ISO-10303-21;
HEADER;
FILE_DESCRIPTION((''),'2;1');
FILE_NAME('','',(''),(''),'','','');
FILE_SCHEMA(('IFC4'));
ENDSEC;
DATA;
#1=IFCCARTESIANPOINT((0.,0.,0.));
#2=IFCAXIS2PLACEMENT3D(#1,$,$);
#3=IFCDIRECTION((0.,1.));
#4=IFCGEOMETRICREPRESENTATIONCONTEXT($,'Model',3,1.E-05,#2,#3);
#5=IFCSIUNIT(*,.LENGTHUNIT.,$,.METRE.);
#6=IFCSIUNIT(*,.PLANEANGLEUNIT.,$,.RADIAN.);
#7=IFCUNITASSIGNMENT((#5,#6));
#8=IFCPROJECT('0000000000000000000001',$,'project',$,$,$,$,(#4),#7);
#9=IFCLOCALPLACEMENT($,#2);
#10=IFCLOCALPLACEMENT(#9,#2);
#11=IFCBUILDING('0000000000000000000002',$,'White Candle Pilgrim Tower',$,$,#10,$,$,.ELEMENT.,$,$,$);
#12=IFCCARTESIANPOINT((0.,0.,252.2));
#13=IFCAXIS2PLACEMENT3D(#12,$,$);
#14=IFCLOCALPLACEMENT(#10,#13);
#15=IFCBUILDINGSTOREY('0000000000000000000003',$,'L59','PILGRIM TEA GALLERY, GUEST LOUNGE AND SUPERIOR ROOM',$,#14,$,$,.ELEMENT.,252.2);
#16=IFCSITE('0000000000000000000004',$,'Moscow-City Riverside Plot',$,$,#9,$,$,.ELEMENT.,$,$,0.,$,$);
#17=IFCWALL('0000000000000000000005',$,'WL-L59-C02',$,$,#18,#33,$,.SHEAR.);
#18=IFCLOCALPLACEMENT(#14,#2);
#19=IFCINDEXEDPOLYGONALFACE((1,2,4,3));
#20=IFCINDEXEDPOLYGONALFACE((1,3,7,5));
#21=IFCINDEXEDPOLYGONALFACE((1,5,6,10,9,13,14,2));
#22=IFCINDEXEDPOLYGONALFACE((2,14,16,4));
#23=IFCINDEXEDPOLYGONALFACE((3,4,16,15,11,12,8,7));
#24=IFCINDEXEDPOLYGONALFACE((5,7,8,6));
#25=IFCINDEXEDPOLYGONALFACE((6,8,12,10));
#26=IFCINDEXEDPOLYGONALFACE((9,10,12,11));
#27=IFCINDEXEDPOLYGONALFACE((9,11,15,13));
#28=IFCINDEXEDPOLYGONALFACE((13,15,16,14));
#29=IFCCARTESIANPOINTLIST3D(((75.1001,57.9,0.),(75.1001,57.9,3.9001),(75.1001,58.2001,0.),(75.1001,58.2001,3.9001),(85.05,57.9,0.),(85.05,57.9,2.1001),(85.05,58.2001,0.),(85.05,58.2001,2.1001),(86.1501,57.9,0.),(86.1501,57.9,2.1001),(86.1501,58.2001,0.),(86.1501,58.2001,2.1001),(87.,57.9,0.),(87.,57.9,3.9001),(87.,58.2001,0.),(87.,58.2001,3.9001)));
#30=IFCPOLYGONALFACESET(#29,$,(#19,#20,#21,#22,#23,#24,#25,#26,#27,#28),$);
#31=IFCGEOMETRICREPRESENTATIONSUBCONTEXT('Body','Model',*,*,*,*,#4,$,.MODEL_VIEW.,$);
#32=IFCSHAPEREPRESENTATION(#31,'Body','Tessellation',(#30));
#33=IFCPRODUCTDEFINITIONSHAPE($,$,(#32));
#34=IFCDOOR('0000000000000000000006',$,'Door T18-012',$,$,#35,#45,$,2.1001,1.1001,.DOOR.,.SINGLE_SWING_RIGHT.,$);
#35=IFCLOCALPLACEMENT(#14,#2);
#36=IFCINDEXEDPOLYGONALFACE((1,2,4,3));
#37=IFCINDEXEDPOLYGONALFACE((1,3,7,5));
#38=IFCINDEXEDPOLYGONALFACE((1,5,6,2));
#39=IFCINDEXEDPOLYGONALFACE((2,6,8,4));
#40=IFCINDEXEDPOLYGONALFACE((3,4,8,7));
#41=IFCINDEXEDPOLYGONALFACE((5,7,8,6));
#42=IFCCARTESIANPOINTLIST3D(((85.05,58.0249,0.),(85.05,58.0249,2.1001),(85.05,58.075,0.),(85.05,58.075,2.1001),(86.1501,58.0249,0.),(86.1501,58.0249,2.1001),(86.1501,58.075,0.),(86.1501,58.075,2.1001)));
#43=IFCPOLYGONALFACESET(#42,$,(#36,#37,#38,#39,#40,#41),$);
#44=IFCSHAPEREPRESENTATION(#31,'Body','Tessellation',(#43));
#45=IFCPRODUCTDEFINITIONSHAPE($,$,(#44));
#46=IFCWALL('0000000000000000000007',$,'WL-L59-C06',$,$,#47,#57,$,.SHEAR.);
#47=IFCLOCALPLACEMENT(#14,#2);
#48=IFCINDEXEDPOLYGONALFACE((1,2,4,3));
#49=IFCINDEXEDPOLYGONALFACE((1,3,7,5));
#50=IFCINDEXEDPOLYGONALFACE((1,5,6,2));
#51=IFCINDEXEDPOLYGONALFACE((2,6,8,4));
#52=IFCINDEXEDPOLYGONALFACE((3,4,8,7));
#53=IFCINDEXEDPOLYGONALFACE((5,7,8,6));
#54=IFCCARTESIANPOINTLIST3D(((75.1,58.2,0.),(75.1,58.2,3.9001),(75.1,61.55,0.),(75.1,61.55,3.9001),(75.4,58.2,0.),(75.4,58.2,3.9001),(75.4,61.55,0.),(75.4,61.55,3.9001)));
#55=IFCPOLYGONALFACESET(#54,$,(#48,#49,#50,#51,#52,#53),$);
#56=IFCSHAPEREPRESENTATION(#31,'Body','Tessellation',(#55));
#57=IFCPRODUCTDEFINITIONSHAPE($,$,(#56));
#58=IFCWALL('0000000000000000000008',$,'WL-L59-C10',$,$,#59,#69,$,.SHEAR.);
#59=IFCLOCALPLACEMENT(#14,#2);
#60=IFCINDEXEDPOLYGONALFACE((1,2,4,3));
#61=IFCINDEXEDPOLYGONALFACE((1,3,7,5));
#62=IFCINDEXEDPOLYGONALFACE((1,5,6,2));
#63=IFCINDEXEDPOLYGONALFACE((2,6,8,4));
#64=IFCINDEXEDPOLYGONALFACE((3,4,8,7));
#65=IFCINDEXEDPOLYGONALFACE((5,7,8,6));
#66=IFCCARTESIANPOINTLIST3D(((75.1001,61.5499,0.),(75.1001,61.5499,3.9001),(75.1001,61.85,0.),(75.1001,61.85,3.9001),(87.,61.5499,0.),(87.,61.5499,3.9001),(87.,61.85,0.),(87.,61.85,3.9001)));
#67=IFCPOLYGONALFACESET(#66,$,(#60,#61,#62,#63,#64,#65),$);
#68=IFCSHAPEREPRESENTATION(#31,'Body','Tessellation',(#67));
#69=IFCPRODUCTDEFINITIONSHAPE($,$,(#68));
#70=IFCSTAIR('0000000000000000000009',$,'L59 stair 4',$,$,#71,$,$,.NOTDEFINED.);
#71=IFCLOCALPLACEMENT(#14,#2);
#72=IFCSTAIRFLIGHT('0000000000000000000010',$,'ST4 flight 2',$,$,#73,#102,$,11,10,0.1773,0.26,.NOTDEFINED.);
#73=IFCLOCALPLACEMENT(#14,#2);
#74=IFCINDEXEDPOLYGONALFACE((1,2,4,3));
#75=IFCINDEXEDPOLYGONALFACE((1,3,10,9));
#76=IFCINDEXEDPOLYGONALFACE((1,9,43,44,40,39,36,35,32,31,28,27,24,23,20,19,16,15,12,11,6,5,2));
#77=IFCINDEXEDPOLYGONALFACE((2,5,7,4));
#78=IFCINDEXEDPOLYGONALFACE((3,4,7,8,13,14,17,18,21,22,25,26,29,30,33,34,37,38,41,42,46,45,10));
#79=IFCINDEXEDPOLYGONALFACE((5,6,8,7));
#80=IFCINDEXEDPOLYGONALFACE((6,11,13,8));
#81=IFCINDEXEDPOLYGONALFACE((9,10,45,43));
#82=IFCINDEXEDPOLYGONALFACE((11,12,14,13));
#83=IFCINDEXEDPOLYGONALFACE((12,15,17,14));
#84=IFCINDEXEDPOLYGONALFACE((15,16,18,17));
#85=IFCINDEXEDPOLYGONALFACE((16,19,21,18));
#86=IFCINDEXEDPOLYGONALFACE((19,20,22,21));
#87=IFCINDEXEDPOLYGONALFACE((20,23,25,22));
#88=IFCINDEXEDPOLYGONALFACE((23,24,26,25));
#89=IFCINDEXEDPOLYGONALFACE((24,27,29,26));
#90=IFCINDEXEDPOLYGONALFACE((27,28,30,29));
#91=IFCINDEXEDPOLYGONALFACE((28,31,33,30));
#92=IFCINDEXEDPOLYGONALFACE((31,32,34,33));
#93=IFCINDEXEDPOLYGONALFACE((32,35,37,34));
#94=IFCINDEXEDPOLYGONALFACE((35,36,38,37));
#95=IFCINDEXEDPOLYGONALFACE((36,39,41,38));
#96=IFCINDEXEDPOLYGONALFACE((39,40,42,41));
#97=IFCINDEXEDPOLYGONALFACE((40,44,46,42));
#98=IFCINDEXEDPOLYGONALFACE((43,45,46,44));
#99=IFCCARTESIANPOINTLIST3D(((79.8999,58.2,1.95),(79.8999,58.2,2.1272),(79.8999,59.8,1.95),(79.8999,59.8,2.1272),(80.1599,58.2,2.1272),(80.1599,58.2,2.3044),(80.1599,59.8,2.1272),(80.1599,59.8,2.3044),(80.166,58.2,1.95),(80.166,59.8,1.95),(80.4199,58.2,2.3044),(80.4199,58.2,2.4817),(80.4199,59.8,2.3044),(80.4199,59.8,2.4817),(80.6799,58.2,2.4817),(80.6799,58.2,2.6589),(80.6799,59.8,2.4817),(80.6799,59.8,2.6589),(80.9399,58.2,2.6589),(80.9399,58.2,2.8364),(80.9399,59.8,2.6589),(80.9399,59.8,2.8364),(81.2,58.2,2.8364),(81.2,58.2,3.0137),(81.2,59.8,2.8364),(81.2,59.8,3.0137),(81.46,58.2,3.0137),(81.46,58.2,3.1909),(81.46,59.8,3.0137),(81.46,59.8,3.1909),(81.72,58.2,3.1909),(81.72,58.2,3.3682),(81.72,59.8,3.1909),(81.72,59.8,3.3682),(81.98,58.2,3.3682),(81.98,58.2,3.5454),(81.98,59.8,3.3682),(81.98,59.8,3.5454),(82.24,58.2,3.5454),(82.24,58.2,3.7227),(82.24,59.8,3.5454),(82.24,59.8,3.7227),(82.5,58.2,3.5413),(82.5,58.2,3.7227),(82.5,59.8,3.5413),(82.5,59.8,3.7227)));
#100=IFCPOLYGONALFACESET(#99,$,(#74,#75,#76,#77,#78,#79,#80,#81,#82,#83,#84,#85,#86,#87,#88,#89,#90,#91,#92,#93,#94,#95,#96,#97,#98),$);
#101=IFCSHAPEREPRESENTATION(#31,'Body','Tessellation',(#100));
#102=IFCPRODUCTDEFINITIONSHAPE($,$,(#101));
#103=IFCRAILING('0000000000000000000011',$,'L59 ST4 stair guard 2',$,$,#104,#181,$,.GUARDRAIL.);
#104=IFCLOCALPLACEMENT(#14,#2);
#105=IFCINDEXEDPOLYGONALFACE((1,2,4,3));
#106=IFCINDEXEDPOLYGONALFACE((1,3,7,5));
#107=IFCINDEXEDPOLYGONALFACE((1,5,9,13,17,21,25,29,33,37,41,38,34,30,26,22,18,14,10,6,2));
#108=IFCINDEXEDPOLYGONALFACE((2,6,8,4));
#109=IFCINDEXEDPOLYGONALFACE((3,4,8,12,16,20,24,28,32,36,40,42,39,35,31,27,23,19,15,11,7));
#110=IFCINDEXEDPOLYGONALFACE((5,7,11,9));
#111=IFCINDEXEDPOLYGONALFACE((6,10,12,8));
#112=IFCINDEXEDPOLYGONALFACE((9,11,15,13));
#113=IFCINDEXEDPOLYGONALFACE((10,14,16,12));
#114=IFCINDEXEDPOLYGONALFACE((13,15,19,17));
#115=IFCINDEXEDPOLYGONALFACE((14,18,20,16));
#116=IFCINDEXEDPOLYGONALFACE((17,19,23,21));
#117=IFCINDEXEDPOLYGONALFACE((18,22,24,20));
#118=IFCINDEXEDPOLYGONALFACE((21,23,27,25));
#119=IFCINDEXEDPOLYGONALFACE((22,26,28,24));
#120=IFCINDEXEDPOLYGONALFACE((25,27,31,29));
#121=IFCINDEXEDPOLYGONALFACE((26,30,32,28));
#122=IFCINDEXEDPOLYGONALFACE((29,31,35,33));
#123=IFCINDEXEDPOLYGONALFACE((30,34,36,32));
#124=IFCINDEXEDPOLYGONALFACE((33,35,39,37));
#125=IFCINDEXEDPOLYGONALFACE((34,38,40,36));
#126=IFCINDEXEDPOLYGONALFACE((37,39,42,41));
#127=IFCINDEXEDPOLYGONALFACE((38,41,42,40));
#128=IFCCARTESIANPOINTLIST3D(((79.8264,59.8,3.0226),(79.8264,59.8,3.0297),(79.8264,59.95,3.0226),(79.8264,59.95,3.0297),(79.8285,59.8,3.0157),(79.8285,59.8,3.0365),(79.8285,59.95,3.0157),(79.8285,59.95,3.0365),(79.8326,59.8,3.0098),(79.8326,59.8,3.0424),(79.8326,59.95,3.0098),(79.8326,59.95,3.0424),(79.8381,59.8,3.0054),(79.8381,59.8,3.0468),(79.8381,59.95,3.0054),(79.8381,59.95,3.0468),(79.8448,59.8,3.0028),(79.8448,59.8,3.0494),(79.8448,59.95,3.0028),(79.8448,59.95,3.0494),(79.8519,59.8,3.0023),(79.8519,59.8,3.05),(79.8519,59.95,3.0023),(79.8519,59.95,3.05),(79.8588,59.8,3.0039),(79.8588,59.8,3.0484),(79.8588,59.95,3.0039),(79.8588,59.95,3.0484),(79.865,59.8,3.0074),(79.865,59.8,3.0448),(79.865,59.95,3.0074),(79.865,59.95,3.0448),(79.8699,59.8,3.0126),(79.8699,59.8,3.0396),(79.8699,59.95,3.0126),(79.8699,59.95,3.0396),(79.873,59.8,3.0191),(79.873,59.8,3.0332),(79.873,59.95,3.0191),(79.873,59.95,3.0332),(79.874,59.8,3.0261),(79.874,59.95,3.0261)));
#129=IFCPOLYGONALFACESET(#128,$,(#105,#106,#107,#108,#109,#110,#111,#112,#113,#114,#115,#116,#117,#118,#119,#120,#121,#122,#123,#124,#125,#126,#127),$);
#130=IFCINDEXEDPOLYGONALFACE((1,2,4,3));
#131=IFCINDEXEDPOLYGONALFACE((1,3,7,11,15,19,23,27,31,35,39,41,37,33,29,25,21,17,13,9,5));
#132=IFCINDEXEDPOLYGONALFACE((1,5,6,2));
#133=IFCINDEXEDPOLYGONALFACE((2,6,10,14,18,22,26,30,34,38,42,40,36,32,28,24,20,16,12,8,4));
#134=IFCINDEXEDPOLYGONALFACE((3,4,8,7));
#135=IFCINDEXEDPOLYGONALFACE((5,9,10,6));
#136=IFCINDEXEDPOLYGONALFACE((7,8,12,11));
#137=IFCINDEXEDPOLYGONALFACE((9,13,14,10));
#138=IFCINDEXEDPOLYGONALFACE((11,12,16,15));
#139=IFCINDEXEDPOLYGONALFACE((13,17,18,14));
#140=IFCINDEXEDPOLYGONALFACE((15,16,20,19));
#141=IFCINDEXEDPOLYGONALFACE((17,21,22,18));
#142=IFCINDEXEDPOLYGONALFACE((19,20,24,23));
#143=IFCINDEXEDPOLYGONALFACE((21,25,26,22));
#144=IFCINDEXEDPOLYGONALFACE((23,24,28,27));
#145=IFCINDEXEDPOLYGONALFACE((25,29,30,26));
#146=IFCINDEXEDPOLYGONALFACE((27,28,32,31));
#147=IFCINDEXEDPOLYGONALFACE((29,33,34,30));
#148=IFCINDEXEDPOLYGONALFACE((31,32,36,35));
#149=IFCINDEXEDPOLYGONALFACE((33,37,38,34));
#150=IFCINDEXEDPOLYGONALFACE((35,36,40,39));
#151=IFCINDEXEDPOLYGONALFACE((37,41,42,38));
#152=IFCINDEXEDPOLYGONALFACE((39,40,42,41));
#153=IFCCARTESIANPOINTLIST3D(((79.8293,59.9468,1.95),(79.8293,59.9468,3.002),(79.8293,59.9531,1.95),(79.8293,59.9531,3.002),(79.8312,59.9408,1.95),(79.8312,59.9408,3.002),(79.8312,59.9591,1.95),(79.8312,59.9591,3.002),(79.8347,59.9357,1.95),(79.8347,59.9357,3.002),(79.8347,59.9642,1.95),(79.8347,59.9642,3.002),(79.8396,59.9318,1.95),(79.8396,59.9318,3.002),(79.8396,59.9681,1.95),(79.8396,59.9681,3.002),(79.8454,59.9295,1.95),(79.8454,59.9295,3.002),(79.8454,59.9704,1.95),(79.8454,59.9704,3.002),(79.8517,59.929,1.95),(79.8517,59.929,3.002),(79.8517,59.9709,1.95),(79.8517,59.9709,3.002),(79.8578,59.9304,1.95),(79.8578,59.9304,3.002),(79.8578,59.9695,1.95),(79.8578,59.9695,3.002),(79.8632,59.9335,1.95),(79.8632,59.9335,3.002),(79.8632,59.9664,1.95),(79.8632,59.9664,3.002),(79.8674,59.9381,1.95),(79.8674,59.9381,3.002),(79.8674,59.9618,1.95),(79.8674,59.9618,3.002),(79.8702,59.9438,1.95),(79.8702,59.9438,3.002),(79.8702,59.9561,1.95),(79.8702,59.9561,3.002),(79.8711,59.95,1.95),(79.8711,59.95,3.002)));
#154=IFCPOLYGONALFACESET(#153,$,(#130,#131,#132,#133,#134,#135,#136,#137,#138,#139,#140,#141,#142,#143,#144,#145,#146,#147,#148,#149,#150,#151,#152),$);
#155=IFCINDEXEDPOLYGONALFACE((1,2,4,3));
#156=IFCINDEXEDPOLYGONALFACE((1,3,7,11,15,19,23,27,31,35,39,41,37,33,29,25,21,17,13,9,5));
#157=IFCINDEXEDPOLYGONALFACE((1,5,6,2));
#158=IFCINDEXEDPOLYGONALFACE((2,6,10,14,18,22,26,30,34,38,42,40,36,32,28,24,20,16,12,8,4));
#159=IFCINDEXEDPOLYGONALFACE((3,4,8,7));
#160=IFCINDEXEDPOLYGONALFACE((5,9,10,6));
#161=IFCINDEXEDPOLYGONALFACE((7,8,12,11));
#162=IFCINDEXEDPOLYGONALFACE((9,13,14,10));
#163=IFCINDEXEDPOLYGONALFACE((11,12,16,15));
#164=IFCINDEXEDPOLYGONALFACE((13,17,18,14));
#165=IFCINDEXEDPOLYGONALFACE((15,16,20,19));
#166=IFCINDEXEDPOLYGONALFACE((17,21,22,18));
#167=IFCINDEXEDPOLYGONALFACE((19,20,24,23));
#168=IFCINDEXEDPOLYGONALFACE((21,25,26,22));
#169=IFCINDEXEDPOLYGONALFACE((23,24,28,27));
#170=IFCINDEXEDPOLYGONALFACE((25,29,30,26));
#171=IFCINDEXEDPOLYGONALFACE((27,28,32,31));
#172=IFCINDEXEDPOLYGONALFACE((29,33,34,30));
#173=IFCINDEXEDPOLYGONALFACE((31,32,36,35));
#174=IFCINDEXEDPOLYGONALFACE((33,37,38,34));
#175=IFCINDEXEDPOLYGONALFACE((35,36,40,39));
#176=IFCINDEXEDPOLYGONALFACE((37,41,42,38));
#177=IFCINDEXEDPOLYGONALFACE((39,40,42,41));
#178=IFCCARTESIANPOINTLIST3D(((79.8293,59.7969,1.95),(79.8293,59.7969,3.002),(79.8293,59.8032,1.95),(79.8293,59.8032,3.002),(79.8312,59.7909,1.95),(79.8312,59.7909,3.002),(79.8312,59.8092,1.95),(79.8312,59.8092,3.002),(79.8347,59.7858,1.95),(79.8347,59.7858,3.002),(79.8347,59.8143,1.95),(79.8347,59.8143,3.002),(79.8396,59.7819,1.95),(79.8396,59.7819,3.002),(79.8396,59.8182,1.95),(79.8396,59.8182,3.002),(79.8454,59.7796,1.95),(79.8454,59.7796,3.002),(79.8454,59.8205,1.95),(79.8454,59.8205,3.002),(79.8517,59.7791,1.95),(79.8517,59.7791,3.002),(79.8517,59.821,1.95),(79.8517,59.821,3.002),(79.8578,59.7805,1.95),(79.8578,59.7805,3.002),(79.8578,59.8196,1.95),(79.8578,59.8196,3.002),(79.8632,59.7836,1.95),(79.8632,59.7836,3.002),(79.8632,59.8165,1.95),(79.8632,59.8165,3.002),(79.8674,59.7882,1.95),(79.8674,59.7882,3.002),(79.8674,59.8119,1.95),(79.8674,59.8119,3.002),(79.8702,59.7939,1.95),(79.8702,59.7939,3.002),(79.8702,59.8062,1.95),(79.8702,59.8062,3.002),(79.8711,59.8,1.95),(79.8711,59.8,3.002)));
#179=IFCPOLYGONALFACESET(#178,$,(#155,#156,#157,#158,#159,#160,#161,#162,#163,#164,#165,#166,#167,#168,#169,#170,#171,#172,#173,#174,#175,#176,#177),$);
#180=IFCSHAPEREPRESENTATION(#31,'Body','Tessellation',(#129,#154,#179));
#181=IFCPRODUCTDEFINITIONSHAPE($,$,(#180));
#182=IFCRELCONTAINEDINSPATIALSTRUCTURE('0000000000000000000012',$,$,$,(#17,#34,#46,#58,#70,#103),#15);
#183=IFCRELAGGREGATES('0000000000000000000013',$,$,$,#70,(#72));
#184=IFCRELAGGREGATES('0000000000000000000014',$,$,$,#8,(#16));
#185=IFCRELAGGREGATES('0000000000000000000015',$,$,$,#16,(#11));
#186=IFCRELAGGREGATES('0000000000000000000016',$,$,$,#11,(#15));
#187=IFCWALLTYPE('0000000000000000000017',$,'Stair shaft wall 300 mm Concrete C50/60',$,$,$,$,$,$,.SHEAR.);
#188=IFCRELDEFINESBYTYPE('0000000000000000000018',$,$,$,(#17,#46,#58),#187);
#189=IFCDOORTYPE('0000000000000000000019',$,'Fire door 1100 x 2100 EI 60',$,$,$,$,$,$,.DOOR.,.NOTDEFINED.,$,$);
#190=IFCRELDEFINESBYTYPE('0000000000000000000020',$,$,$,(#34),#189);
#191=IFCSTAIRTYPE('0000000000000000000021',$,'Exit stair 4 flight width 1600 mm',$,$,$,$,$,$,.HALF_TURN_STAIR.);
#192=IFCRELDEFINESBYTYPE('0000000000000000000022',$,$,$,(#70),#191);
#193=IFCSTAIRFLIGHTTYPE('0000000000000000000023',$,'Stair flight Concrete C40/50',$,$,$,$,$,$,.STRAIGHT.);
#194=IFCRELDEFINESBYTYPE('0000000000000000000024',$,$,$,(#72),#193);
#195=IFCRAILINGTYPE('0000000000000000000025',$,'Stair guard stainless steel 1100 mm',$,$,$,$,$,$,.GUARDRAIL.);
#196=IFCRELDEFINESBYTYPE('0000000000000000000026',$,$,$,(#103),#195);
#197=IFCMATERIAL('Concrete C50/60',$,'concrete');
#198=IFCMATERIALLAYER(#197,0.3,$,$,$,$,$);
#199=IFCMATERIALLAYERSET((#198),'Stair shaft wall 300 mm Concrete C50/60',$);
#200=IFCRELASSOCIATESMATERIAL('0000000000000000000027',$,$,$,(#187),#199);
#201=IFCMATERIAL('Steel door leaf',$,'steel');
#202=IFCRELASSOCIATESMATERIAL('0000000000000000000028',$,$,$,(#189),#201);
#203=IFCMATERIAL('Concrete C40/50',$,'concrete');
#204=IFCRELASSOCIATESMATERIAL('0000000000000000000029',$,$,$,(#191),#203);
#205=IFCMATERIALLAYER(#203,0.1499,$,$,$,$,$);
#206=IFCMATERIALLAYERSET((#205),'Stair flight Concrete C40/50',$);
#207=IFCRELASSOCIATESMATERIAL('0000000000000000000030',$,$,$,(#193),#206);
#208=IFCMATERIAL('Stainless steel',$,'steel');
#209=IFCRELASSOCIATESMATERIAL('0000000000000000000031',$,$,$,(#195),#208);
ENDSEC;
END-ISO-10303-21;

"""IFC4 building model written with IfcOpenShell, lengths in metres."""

from ifc_helpers import new_model, si_unit, direction, frame, frame_2d, origin, origin_2d, place, context, subcontext, project, spatial, polyline, rectangle, circle, outline, extrude, material, layer, layer_set, type_object, element, fill, aggregate, save


model = new_model("IFC4")

# Units and contexts
model_context = context("Model", 3, precision=1e-05, world=origin(), true_north=direction((0.0, 1.0)))
body_context = subcontext(model_context, "Body", "Model", "MODEL_VIEW")
ifc_project = project(units=[si_unit("LENGTHUNIT", "METRE"), si_unit("PLANEANGLEUNIT", "RADIAN")], contexts=[model_context])

# Site, building, storey
site_placement = place(None, origin())
site = spatial("IfcSite", under=ifc_project, at=site_placement, Name="Moscow-City Riverside Plot", CompositionType="ELEMENT", RefElevation=0.0)
building_placement = place(site_placement, origin())
building = spatial("IfcBuilding", under=site, at=building_placement, Name="White Candle Pilgrim Tower", CompositionType="ELEMENT")
storey_placement = place(building_placement, frame((0.0, 0.0, 252.2)))
storey = spatial("IfcBuildingStorey", under=building, at=storey_placement, Name="L59", Description="PILGRIM TEA GALLERY, GUEST LOUNGE AND SUPERIOR ROOM", CompositionType="ELEMENT", Elevation=252.2)

# Shared definitions
ifc_material_1 = material(Name="Concrete C50/60", Category="concrete")

# Shared definitions
ifc_material_2 = material(Name="Steel door leaf", Category="steel")

# Wall, opening, door
ifc_layer_1 = layer(ifc_material_1, 0.3)
ifc_layer_set_1 = layer_set([ifc_layer_1], Name="Stair shaft wall 300 mm Concrete C50/60")
wall_type_1 = type_object("IfcWallType", Name="Stair shaft wall 300 mm Concrete C50/60", PredefinedType="SHEAR", material=ifc_layer_set_1)
wall_1_placement = place(storey_placement, frame((75.1001, 58.05, 0.0), z_axis=(0.0, 0.0, 1.0), x_axis=(1.0, 0.0, 0.0)))
wall_1 = element("IfcWall", 1, at=wall_1_placement, inside=storey, type_object=wall_type_1, Name="WL-L59-C02", PredefinedType="SHEAR", context=body_context, shape_type="SweptSolid", body=[
    extrude(rectangle(XDim=11.8999, YDim=0.3, at=frame_2d((5.95, 0.0))), origin(), (0.0, 0.0, 1.0), 3.9001),
])
opening_1_placement = place(wall_1_placement, frame((9.95, 0.0, 0.0)))
opening_1 = element("IfcOpeningElement", 2, at=opening_1_placement, cuts=wall_1, PredefinedType="OPENING", context=body_context, shape_type="SweptSolid", body=[
    extrude(rectangle(XDim=1.1001, YDim=2.1001, at=frame_2d((0.55, 1.05))), frame((0.0, 0.1599, 0.0), z_axis=(0.0, -1.0, 0.0), x_axis=(1.0, 0.0, 0.0)), (0.0, 0.0, 1.0), 0.3201),
])
door_type_1 = type_object("IfcDoorType", Name="Fire door 1100 x 2100 EI 60", OperationType="NOTDEFINED", PredefinedType="DOOR", material=ifc_material_2)
door_1_placement = place(opening_1_placement, origin())
door_1 = element("IfcDoor", 3, at=door_1_placement, inside=storey, type_object=door_type_1, Name="Door T18-012", OperationType="SINGLE_SWING_RIGHT", OverallHeight=2.1001, OverallWidth=1.1001, PredefinedType="DOOR", context=body_context, shape_type="SweptSolid", body=[
    extrude(rectangle(XDim=1.1001, YDim=2.1001, at=frame_2d((0.55, 1.05))), frame((0.0, 0.0249, 0.0), z_axis=(0.0, -1.0, 0.0), x_axis=(1.0, 0.0, 0.0)), (0.0, 0.0, 1.0), 0.05),
])
fill(opening_1, door_1)

# Walls
wall_2_placement = place(storey_placement, frame((75.25, 58.2, 0.0), z_axis=(0.0, 0.0, 1.0), x_axis=(0.0, 1.0, 0.0)))
element("IfcWall", 4, at=wall_2_placement, inside=storey, type_object=wall_type_1, Name="WL-L59-C06", PredefinedType="SHEAR", context=body_context, shape_type="SweptSolid", body=[
    extrude(rectangle(XDim=3.3501, YDim=0.3, at=frame_2d((1.675, 0.0))), origin(), (0.0, 0.0, 1.0), 3.9001),
])
wall_3_placement = place(storey_placement, frame((75.1001, 61.7, 0.0), z_axis=(0.0, 0.0, 1.0), x_axis=(1.0, 0.0, 0.0)))
element("IfcWall", 5, at=wall_3_placement, inside=storey, type_object=wall_type_1, Name="WL-L59-C10", PredefinedType="SHEAR", context=body_context, shape_type="SweptSolid", body=[
    extrude(rectangle(XDim=11.8999, YDim=0.3, at=frame_2d((5.95, 0.0))), origin(), (0.0, 0.0, 1.0), 3.9001),
])

# Stair, stair flight
ifc_material_3 = material(Name="Concrete C40/50", Category="concrete")
stair_type = type_object("IfcStairType", Name="Exit stair 4 flight width 1600 mm", PredefinedType="HALF_TURN_STAIR", material=ifc_material_3)
stair_placement = place(storey_placement, origin())
stair = element("IfcStair", 6, at=stair_placement, inside=storey, type_object=stair_type, Name="L59 stair 4", PredefinedType="NOTDEFINED")
ifc_layer_2 = layer(ifc_material_3, 0.1499)
ifc_layer_set_2 = layer_set([ifc_layer_2], Name="Stair flight Concrete C40/50")
stair_flight_type = type_object("IfcStairFlightType", Name="Stair flight Concrete C40/50", PredefinedType="STRAIGHT", material=ifc_layer_set_2)
stair_flight_placement = place(storey_placement, frame((79.8999, 59.0, 1.95), z_axis=(0.0, 0.0, 1.0), x_axis=(1.0, 0.0, 0.0)))
stair_flight = element("IfcStairFlight", 7, at=stair_flight_placement, type_object=stair_flight_type, Name="ST4 flight 2", NumberOfRisers=11, NumberOfTreads=10, PredefinedType="NOTDEFINED", RiserHeight=0.1773, TreadLength=0.26, context=body_context, shape_type="SweptSolid", body=[
    extrude(outline(polyline([(0.0, 0.0), (0.0, 0.1772), (0.26, 0.1772), (0.26, 0.3545), (0.52, 0.3545), (0.52, 0.5317), (0.78, 0.5317), (0.78, 0.709), (1.04, 0.709), (1.04, 0.8865), (1.3, 0.8865), (1.3, 1.0637), (1.5601, 1.0637), (1.5601, 1.241), (1.8201, 1.241), (1.8201, 1.4182), (2.0801, 1.4182), (2.0801, 1.5955), (2.3401, 1.5955), (2.3401, 1.7727), (2.6001, 1.7727), (2.6001, 1.95), (2.6001, 1.5913), (0.2661, 0.0), (0.0, 0.0)])), frame((0.0, 0.8, 0.0), z_axis=(0.0, -1.0, 0.0), x_axis=(1.0, 0.0, 0.0)), (0.0, 0.0, 1.0), 1.6001),
])
aggregate(stair, [stair_flight])

# Railing
ifc_material_4 = material(Name="Stainless steel", Category="steel")
railing_type_1 = type_object("IfcRailingType", Name="Stair guard stainless steel 1100 mm", PredefinedType="GUARDRAIL", material=ifc_material_4)
railing_1_placement = place(storey_placement, frame((79.8501, 59.95, 1.95)))
element("IfcRailing", 8, at=railing_1_placement, inside=storey, type_object=railing_type_1, Name="L59 ST4 stair guard 2", PredefinedType="GUARDRAIL", context=body_context, shape_type="SweptSolid", body=[
    extrude(circle(Radius=0.0239, at=origin_2d()), frame((0.0, 0.0, 1.0762), z_axis=(0.0, -1.0, 0.0), x_axis=(1.0, 0.0, 0.0)), (0.0, 0.0, 1.0), 0.1499),
    extrude(circle(Radius=0.021, at=origin_2d()), origin(), (0.0, 0.0, 1.0), 1.052),
    extrude(circle(Radius=0.021, at=origin_2d()), frame((0.0, -0.1499, 0.0)), (0.0, 0.0, 1.0), 1.052),
])

save(model, "model.ifc")
